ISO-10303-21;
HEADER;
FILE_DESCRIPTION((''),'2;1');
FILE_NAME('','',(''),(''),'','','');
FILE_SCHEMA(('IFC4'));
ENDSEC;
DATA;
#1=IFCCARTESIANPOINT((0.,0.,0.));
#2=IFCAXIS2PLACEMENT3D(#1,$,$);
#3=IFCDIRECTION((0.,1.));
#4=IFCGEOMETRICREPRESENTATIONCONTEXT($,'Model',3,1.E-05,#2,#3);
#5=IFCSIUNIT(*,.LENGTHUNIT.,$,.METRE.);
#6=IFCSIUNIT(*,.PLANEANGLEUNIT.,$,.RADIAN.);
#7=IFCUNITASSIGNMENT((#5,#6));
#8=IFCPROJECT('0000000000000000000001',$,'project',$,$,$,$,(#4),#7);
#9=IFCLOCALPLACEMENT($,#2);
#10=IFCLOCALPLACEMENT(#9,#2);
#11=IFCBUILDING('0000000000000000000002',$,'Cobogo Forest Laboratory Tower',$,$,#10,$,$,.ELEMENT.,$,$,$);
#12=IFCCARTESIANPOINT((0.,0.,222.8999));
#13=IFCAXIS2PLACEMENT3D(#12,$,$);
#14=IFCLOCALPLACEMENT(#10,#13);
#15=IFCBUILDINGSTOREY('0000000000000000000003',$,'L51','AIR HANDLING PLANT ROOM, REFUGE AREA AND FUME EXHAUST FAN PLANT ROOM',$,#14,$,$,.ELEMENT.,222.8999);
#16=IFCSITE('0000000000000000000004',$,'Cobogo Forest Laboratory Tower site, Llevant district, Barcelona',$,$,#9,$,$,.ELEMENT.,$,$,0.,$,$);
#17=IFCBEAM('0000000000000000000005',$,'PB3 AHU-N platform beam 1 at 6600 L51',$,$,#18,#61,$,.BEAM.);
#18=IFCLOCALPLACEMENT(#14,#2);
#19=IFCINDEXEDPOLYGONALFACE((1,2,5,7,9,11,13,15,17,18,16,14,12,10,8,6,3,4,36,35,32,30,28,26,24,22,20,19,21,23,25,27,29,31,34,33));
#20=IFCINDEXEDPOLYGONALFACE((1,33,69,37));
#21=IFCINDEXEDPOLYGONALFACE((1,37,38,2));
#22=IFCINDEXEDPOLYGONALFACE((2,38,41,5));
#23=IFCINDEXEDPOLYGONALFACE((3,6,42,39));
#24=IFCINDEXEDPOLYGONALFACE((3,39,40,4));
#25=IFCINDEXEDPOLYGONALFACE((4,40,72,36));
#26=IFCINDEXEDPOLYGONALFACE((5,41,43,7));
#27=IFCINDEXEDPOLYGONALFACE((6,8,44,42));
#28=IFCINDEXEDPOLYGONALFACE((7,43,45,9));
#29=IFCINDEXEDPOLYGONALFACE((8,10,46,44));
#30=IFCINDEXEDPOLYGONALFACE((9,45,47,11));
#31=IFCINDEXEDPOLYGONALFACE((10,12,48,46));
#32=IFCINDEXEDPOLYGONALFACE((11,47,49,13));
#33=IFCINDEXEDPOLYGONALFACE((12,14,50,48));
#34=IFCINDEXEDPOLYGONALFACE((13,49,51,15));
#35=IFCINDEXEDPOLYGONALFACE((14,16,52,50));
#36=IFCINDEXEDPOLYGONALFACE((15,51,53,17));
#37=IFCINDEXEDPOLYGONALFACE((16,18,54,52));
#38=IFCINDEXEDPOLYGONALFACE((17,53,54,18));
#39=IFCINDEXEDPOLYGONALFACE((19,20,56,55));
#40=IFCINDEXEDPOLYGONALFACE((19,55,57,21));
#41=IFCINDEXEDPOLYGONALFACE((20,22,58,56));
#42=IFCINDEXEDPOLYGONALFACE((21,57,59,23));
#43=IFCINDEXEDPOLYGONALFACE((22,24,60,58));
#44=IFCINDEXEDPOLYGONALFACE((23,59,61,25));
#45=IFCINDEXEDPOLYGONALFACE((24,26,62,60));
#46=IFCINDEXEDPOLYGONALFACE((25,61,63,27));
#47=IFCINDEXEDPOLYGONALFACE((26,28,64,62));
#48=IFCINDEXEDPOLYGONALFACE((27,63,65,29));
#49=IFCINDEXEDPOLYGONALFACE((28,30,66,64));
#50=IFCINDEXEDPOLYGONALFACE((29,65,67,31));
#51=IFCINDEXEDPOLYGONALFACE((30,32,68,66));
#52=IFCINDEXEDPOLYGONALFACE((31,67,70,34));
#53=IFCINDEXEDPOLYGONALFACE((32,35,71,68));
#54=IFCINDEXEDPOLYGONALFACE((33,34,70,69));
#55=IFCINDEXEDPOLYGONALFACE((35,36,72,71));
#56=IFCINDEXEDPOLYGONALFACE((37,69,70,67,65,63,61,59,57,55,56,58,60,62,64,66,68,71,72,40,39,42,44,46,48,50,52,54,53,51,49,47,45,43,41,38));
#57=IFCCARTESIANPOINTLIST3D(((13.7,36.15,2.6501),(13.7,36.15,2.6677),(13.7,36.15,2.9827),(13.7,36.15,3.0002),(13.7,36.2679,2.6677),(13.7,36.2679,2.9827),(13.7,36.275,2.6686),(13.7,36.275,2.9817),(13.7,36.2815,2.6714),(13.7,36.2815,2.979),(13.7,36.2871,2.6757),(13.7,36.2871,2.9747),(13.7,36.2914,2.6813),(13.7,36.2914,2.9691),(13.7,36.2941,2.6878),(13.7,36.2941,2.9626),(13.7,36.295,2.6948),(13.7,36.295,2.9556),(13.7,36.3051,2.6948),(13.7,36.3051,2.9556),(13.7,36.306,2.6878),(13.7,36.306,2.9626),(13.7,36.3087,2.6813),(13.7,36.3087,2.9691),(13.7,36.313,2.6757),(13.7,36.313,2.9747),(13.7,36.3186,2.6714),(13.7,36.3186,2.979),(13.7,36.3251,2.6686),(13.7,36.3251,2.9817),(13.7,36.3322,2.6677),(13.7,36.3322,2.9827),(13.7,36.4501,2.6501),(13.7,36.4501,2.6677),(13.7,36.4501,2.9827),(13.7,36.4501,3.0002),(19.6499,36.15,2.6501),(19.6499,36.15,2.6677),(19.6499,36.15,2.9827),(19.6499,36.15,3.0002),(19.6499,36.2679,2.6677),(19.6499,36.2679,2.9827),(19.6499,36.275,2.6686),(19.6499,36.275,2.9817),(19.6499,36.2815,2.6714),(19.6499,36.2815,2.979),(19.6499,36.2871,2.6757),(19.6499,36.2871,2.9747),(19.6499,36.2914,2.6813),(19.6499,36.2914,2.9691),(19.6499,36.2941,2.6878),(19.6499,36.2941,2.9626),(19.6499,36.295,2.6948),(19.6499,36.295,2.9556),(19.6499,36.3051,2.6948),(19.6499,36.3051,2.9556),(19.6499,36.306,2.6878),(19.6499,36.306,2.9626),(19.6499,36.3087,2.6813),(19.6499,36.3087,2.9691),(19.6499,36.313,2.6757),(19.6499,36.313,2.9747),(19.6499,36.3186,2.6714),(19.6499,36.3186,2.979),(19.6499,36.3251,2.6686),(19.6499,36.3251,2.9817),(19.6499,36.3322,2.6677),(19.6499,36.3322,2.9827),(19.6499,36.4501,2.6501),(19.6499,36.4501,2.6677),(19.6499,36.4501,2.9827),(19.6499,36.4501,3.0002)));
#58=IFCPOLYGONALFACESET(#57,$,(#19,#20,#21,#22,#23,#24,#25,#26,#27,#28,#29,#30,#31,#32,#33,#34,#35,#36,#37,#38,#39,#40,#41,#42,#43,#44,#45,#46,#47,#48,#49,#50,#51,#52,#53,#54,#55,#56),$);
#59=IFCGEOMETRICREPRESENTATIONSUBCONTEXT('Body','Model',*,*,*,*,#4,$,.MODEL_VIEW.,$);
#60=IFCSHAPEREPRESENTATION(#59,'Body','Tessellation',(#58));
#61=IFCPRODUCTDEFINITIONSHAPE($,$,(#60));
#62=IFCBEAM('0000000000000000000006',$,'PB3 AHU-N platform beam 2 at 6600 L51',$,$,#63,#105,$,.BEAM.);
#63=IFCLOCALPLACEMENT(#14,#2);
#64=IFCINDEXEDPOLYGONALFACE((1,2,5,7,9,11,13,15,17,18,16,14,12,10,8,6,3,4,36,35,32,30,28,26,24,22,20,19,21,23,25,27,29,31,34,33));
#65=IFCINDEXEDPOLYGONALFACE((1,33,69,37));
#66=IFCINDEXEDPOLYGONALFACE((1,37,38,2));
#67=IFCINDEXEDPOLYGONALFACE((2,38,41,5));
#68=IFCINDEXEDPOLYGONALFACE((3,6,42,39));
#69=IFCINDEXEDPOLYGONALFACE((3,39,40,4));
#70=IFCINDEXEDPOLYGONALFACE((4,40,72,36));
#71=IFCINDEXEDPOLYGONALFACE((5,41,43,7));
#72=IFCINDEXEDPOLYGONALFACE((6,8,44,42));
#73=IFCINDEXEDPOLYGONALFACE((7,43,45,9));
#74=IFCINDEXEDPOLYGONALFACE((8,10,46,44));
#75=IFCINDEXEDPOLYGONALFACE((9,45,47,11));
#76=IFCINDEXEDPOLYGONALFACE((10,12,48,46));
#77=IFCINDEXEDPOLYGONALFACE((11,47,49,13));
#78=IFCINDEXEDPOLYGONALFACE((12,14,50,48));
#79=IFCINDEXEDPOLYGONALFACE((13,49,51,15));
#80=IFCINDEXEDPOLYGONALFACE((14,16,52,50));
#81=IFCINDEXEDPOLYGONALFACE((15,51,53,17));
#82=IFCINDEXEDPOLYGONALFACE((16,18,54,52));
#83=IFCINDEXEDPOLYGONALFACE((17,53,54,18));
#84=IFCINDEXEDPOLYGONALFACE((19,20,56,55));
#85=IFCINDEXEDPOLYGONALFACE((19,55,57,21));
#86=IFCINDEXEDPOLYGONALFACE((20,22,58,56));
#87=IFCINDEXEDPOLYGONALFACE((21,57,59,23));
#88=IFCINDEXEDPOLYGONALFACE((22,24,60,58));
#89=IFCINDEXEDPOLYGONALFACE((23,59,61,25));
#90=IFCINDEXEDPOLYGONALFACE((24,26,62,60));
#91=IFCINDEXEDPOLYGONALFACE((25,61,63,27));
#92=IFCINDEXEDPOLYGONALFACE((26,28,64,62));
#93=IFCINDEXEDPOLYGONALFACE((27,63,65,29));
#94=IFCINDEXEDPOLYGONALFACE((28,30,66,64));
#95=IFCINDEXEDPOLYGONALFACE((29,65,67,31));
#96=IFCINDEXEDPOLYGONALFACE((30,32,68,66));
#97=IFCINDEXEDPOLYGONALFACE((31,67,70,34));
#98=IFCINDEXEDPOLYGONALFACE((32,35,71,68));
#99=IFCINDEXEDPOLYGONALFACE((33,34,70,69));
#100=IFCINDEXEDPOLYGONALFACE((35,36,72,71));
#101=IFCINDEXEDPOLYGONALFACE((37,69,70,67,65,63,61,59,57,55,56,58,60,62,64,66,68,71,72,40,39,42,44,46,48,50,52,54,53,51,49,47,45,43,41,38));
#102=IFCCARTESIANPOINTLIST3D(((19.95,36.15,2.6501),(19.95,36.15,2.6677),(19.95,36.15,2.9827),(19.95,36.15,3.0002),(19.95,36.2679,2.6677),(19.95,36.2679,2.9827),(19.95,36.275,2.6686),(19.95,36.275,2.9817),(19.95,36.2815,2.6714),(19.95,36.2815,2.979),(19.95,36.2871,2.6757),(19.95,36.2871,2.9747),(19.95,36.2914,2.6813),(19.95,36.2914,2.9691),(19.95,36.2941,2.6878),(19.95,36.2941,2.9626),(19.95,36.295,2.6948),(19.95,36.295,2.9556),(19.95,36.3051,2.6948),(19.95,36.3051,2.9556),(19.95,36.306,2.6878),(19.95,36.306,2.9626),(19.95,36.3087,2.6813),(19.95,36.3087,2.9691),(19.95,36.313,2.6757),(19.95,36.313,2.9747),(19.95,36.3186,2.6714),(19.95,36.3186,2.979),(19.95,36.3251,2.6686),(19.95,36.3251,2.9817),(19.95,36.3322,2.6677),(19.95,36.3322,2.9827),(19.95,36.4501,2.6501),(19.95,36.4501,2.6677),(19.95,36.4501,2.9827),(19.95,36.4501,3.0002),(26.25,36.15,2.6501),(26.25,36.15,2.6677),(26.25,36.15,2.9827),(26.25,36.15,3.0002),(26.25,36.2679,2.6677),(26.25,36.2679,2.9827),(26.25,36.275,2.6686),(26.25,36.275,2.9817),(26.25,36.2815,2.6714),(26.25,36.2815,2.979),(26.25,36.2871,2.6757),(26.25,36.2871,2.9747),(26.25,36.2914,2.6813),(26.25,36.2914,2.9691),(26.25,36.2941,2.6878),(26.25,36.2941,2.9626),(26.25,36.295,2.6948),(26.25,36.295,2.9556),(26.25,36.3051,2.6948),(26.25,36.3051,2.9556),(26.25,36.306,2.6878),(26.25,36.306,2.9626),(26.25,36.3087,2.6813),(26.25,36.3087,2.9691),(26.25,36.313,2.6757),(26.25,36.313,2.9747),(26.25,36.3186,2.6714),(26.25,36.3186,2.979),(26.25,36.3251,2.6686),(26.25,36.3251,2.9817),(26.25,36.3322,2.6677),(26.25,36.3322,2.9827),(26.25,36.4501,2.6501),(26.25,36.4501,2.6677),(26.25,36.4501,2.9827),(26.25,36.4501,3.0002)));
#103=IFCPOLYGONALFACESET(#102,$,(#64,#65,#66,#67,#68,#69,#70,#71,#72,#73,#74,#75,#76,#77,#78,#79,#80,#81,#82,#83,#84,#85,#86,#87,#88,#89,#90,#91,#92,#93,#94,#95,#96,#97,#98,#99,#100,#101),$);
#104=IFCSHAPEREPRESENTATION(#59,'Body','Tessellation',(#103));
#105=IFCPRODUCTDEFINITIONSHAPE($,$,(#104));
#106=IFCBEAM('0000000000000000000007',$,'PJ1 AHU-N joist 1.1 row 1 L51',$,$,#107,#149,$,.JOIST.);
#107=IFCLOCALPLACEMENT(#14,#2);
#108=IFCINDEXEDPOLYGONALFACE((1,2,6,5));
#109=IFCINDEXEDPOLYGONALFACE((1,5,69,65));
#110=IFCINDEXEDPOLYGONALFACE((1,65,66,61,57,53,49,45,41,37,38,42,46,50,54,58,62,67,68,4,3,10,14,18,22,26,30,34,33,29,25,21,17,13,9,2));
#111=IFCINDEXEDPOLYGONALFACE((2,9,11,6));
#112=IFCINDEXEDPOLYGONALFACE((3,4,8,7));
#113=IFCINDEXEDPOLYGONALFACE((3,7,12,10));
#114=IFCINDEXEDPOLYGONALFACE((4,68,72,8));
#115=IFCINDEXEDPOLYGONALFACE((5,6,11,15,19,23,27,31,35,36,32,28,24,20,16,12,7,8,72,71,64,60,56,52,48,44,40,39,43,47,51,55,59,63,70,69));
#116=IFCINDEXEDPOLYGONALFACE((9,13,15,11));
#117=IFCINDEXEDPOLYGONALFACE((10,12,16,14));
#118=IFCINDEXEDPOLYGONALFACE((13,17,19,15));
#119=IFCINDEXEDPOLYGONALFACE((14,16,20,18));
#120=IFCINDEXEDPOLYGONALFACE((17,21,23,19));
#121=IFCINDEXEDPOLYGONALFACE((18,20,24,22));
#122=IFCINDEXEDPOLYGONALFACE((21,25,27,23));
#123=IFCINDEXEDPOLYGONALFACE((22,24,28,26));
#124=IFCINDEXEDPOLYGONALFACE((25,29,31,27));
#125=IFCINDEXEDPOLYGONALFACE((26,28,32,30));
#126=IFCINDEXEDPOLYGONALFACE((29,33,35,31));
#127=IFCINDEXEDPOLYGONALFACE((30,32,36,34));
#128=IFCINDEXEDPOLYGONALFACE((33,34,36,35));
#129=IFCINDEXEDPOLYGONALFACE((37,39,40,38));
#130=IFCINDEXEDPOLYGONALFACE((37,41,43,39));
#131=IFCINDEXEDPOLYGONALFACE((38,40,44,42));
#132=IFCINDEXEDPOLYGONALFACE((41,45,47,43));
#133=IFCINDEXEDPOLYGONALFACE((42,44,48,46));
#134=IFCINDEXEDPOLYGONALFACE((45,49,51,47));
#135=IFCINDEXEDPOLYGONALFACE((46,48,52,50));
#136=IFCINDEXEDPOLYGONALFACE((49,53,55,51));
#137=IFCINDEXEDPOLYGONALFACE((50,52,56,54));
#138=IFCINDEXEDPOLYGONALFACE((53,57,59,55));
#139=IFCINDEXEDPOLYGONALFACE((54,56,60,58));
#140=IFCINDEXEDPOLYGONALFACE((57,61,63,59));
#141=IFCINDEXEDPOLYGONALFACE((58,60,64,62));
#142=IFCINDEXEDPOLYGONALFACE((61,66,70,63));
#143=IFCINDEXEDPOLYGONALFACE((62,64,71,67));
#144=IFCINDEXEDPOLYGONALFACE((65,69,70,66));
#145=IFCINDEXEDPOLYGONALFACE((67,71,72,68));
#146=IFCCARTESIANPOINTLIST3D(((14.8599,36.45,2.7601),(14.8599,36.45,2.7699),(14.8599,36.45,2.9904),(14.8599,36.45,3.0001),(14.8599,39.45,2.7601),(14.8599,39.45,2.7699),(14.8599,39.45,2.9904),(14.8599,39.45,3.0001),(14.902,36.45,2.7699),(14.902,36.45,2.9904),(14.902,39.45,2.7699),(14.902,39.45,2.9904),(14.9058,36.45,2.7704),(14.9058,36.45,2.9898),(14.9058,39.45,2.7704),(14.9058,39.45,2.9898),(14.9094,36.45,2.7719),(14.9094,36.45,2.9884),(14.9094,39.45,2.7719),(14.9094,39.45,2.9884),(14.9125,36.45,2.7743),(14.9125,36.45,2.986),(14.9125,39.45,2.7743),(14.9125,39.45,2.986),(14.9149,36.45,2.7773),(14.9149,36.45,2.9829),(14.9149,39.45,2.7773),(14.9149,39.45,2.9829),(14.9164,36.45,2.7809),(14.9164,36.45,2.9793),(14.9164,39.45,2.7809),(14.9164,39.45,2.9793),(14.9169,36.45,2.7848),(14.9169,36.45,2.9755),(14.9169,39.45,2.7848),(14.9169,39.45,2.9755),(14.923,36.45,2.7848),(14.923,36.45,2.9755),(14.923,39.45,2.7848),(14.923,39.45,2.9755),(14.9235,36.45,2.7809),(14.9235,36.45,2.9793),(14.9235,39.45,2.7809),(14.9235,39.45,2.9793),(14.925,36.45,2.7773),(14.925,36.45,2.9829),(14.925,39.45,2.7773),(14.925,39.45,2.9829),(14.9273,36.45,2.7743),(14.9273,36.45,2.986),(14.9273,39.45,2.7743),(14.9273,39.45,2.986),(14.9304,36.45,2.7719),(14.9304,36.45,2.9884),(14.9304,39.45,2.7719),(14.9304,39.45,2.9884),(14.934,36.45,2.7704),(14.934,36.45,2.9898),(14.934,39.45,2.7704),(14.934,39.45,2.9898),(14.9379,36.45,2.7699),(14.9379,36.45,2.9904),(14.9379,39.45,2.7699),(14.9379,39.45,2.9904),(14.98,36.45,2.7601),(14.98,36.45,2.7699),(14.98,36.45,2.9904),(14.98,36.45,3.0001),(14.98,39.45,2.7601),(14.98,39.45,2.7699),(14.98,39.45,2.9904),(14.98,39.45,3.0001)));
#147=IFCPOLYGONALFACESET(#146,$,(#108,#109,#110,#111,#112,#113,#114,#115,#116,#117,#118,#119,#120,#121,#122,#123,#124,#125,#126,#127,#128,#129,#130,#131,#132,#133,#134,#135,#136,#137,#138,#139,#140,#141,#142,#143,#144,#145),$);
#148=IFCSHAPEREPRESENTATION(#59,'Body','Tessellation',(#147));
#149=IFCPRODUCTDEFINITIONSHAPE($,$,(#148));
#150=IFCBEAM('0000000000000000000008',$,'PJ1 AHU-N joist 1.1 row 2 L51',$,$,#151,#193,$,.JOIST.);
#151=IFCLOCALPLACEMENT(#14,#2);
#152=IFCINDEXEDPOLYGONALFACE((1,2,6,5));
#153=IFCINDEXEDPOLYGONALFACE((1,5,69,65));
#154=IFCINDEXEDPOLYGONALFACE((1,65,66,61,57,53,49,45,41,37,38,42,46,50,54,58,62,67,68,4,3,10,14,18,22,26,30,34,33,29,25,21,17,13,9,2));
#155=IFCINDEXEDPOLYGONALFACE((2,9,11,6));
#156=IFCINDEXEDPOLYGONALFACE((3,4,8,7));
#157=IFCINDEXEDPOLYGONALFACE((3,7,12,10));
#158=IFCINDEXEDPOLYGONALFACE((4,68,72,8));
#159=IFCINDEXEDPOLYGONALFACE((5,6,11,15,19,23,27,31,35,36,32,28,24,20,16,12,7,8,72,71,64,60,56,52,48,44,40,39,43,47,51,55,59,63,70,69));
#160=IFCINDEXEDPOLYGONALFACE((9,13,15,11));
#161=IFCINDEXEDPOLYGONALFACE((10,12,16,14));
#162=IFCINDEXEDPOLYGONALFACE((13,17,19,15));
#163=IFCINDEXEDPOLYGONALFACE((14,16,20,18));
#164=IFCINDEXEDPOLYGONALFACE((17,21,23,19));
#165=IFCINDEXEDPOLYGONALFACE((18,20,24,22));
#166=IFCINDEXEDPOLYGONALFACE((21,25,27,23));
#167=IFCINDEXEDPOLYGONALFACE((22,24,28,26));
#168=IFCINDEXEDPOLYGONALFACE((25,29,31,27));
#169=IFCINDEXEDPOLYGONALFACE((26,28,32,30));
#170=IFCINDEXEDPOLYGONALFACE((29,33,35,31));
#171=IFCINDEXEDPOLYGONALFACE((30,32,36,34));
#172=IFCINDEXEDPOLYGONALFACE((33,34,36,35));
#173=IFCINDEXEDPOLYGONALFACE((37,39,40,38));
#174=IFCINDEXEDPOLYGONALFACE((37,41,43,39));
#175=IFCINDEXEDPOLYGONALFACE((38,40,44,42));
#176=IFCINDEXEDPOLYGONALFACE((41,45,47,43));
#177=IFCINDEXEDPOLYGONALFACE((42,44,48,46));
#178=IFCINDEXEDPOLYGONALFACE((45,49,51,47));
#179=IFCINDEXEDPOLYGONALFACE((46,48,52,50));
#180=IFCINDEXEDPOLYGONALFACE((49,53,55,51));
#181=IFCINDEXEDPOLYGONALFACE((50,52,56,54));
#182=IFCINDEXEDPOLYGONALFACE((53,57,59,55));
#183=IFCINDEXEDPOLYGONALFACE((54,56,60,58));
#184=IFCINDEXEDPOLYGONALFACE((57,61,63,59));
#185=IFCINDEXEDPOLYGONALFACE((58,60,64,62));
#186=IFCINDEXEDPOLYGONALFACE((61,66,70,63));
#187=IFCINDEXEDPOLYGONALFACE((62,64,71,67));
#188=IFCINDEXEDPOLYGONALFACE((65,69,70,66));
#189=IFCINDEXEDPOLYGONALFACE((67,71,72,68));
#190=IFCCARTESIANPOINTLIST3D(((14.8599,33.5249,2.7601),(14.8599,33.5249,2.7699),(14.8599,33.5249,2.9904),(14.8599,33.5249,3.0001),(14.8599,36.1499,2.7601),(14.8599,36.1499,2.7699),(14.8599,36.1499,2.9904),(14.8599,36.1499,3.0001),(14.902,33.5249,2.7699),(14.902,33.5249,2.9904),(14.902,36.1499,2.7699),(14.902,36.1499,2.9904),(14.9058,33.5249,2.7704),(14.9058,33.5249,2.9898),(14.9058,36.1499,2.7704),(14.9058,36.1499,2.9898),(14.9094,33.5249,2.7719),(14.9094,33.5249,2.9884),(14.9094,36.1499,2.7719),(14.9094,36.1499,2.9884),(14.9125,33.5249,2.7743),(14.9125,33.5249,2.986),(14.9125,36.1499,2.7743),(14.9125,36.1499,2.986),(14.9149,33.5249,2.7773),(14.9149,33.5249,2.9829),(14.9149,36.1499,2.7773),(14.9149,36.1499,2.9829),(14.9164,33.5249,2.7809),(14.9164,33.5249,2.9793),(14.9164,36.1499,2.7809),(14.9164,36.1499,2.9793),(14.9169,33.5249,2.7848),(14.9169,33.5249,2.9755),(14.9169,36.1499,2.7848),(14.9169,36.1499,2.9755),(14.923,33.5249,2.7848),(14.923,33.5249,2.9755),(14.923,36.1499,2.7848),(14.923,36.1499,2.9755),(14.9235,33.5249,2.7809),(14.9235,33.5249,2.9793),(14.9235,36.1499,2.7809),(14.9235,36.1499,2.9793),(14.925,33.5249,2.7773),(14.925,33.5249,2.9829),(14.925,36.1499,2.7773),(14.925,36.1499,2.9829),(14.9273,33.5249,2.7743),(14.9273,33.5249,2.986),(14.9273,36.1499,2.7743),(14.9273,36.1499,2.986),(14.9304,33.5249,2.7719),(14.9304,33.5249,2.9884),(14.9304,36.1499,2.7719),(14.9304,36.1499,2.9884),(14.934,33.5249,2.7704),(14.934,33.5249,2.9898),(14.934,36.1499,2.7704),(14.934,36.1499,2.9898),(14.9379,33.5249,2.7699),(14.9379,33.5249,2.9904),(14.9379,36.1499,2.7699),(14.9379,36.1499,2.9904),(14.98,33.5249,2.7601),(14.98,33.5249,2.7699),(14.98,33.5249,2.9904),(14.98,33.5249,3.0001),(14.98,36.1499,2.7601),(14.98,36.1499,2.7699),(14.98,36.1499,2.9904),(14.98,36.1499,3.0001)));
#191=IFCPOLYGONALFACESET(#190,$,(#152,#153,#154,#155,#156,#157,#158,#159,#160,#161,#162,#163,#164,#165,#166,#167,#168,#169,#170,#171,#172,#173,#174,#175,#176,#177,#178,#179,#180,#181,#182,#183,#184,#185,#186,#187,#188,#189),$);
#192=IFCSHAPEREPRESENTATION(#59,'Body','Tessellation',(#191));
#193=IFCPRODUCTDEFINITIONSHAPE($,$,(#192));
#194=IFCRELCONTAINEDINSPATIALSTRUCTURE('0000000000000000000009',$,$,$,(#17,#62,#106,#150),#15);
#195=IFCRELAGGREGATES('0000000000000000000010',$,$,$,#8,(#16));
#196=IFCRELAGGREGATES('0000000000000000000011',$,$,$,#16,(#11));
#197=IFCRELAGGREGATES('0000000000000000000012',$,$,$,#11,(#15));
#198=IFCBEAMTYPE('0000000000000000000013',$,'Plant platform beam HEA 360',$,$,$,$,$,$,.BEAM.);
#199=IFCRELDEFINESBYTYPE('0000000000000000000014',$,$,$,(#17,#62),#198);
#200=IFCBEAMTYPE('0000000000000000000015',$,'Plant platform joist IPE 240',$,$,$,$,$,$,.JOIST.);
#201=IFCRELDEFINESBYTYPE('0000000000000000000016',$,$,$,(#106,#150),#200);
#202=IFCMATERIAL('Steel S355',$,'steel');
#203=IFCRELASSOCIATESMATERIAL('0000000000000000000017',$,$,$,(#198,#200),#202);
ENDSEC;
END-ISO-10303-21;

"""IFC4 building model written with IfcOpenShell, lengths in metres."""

from ifc_helpers import new_model, si_unit, direction, frame, origin, origin_2d, place, context, subcontext, project, spatial, i_section, extrude, material, material_profile, profile_set, type_object, element, save


model = new_model("IFC4")

# Units and contexts
model_context = context("Model", 3, precision=1e-05, world=origin(), true_north=direction((0.0, 1.0)))
body_context = subcontext(model_context, "Body", "Model", "MODEL_VIEW")
ifc_project = project(units=[si_unit("LENGTHUNIT", "METRE"), si_unit("PLANEANGLEUNIT", "RADIAN")], contexts=[model_context])

# Site, building, storey
site_placement = place(None, origin())
site = spatial("IfcSite", under=ifc_project, at=site_placement, Name="Cobogo Forest Laboratory Tower site, Llevant district, Barcelona", CompositionType="ELEMENT", RefElevation=0.0)
building_placement = place(site_placement, origin())
building = spatial("IfcBuilding", under=site, at=building_placement, Name="Cobogo Forest Laboratory Tower", CompositionType="ELEMENT")
storey_placement = place(building_placement, frame((0.0, 0.0, 222.8999)))
storey = spatial("IfcBuildingStorey", under=building, at=storey_placement, Name="L51", Description="AIR HANDLING PLANT ROOM, REFUGE AREA AND FUME EXHAUST FAN PLANT ROOM", CompositionType="ELEMENT", Elevation=222.8999)

# Beams
ifc_material_1 = material(Name="Steel S355", Category="steel")
ifc_material_profile_1 = material_profile(ifc_material_1, i_section(OverallWidth=0.3, OverallDepth=0.3501, WebThickness=0.01, FlangeThickness=0.0176, FilletRadius=0.0271, at=origin_2d()), Name="HEA 360")
ifc_profile_set_1 = profile_set([ifc_material_profile_1], Name="Steel S355")
beam_type_1 = type_object("IfcBeamType", Name="Plant platform beam HEA 360", PredefinedType="BEAM", material=ifc_profile_set_1)
beam_1_placement = place(storey_placement, frame((13.7, 36.3, 2.8252), z_axis=(1.0, 0.0, 0.0), x_axis=(0.0, 1.0, 0.0)))
element("IfcBeam", 1, at=beam_1_placement, inside=storey, type_object=beam_type_1, Name="PB3 AHU-N platform beam 1 at 6600 L51", PredefinedType="BEAM", context=body_context, shape_type="SweptSolid", body=[
    extrude(i_section(OverallWidth=0.3, OverallDepth=0.3501, WebThickness=0.01, FlangeThickness=0.0176, FilletRadius=0.0271, at=origin_2d()), origin(), (0.0, 0.0, 1.0), 5.95),
])
beam_2_placement = place(storey_placement, frame((19.95, 36.3, 2.8252), z_axis=(1.0, 0.0, 0.0), x_axis=(0.0, 1.0, 0.0)))
element("IfcBeam", 2, at=beam_2_placement, inside=storey, type_object=beam_type_1, Name="PB3 AHU-N platform beam 2 at 6600 L51", PredefinedType="BEAM", context=body_context, shape_type="SweptSolid", body=[
    extrude(i_section(OverallWidth=0.3, OverallDepth=0.3501, WebThickness=0.01, FlangeThickness=0.0176, FilletRadius=0.0271, at=origin_2d()), origin(), (0.0, 0.0, 1.0), 6.3),
])
ifc_material_profile_2 = material_profile(ifc_material_1, i_section(OverallWidth=0.1201, OverallDepth=0.24, WebThickness=0.0061, FlangeThickness=0.0098, FilletRadius=0.0149, at=origin_2d()), Name="IPE 240")
ifc_profile_set_2 = profile_set([ifc_material_profile_2], Name="Steel S355")
beam_type_2 = type_object("IfcBeamType", Name="Plant platform joist IPE 240", PredefinedType="JOIST", material=ifc_profile_set_2)
beam_3_placement = place(storey_placement, frame((14.9199, 39.45, 2.8801), z_axis=(0.0, -1.0, 0.0), x_axis=(1.0, 0.0, 0.0)))
element("IfcBeam", 3, at=beam_3_placement, inside=storey, type_object=beam_type_2, Name="PJ1 AHU-N joist 1.1 row 1 L51", PredefinedType="JOIST", context=body_context, shape_type="SweptSolid", body=[
    extrude(i_section(OverallWidth=0.1201, OverallDepth=0.24, WebThickness=0.0061, FlangeThickness=0.0098, FilletRadius=0.0149, at=origin_2d()), origin(), (0.0, 0.0, 1.0), 3.0),
])
beam_4_placement = place(storey_placement, frame((14.9199, 36.1499, 2.8801), z_axis=(0.0, -1.0, 0.0), x_axis=(1.0, 0.0, 0.0)))
element("IfcBeam", 4, at=beam_4_placement, inside=storey, type_object=beam_type_2, Name="PJ1 AHU-N joist 1.1 row 2 L51", PredefinedType="JOIST", context=body_context, shape_type="SweptSolid", body=[
    extrude(i_section(OverallWidth=0.1201, OverallDepth=0.24, WebThickness=0.0061, FlangeThickness=0.0098, FilletRadius=0.0149, at=origin_2d()), origin(), (0.0, 0.0, 1.0), 2.625),
])

save(model, "model.ifc")
